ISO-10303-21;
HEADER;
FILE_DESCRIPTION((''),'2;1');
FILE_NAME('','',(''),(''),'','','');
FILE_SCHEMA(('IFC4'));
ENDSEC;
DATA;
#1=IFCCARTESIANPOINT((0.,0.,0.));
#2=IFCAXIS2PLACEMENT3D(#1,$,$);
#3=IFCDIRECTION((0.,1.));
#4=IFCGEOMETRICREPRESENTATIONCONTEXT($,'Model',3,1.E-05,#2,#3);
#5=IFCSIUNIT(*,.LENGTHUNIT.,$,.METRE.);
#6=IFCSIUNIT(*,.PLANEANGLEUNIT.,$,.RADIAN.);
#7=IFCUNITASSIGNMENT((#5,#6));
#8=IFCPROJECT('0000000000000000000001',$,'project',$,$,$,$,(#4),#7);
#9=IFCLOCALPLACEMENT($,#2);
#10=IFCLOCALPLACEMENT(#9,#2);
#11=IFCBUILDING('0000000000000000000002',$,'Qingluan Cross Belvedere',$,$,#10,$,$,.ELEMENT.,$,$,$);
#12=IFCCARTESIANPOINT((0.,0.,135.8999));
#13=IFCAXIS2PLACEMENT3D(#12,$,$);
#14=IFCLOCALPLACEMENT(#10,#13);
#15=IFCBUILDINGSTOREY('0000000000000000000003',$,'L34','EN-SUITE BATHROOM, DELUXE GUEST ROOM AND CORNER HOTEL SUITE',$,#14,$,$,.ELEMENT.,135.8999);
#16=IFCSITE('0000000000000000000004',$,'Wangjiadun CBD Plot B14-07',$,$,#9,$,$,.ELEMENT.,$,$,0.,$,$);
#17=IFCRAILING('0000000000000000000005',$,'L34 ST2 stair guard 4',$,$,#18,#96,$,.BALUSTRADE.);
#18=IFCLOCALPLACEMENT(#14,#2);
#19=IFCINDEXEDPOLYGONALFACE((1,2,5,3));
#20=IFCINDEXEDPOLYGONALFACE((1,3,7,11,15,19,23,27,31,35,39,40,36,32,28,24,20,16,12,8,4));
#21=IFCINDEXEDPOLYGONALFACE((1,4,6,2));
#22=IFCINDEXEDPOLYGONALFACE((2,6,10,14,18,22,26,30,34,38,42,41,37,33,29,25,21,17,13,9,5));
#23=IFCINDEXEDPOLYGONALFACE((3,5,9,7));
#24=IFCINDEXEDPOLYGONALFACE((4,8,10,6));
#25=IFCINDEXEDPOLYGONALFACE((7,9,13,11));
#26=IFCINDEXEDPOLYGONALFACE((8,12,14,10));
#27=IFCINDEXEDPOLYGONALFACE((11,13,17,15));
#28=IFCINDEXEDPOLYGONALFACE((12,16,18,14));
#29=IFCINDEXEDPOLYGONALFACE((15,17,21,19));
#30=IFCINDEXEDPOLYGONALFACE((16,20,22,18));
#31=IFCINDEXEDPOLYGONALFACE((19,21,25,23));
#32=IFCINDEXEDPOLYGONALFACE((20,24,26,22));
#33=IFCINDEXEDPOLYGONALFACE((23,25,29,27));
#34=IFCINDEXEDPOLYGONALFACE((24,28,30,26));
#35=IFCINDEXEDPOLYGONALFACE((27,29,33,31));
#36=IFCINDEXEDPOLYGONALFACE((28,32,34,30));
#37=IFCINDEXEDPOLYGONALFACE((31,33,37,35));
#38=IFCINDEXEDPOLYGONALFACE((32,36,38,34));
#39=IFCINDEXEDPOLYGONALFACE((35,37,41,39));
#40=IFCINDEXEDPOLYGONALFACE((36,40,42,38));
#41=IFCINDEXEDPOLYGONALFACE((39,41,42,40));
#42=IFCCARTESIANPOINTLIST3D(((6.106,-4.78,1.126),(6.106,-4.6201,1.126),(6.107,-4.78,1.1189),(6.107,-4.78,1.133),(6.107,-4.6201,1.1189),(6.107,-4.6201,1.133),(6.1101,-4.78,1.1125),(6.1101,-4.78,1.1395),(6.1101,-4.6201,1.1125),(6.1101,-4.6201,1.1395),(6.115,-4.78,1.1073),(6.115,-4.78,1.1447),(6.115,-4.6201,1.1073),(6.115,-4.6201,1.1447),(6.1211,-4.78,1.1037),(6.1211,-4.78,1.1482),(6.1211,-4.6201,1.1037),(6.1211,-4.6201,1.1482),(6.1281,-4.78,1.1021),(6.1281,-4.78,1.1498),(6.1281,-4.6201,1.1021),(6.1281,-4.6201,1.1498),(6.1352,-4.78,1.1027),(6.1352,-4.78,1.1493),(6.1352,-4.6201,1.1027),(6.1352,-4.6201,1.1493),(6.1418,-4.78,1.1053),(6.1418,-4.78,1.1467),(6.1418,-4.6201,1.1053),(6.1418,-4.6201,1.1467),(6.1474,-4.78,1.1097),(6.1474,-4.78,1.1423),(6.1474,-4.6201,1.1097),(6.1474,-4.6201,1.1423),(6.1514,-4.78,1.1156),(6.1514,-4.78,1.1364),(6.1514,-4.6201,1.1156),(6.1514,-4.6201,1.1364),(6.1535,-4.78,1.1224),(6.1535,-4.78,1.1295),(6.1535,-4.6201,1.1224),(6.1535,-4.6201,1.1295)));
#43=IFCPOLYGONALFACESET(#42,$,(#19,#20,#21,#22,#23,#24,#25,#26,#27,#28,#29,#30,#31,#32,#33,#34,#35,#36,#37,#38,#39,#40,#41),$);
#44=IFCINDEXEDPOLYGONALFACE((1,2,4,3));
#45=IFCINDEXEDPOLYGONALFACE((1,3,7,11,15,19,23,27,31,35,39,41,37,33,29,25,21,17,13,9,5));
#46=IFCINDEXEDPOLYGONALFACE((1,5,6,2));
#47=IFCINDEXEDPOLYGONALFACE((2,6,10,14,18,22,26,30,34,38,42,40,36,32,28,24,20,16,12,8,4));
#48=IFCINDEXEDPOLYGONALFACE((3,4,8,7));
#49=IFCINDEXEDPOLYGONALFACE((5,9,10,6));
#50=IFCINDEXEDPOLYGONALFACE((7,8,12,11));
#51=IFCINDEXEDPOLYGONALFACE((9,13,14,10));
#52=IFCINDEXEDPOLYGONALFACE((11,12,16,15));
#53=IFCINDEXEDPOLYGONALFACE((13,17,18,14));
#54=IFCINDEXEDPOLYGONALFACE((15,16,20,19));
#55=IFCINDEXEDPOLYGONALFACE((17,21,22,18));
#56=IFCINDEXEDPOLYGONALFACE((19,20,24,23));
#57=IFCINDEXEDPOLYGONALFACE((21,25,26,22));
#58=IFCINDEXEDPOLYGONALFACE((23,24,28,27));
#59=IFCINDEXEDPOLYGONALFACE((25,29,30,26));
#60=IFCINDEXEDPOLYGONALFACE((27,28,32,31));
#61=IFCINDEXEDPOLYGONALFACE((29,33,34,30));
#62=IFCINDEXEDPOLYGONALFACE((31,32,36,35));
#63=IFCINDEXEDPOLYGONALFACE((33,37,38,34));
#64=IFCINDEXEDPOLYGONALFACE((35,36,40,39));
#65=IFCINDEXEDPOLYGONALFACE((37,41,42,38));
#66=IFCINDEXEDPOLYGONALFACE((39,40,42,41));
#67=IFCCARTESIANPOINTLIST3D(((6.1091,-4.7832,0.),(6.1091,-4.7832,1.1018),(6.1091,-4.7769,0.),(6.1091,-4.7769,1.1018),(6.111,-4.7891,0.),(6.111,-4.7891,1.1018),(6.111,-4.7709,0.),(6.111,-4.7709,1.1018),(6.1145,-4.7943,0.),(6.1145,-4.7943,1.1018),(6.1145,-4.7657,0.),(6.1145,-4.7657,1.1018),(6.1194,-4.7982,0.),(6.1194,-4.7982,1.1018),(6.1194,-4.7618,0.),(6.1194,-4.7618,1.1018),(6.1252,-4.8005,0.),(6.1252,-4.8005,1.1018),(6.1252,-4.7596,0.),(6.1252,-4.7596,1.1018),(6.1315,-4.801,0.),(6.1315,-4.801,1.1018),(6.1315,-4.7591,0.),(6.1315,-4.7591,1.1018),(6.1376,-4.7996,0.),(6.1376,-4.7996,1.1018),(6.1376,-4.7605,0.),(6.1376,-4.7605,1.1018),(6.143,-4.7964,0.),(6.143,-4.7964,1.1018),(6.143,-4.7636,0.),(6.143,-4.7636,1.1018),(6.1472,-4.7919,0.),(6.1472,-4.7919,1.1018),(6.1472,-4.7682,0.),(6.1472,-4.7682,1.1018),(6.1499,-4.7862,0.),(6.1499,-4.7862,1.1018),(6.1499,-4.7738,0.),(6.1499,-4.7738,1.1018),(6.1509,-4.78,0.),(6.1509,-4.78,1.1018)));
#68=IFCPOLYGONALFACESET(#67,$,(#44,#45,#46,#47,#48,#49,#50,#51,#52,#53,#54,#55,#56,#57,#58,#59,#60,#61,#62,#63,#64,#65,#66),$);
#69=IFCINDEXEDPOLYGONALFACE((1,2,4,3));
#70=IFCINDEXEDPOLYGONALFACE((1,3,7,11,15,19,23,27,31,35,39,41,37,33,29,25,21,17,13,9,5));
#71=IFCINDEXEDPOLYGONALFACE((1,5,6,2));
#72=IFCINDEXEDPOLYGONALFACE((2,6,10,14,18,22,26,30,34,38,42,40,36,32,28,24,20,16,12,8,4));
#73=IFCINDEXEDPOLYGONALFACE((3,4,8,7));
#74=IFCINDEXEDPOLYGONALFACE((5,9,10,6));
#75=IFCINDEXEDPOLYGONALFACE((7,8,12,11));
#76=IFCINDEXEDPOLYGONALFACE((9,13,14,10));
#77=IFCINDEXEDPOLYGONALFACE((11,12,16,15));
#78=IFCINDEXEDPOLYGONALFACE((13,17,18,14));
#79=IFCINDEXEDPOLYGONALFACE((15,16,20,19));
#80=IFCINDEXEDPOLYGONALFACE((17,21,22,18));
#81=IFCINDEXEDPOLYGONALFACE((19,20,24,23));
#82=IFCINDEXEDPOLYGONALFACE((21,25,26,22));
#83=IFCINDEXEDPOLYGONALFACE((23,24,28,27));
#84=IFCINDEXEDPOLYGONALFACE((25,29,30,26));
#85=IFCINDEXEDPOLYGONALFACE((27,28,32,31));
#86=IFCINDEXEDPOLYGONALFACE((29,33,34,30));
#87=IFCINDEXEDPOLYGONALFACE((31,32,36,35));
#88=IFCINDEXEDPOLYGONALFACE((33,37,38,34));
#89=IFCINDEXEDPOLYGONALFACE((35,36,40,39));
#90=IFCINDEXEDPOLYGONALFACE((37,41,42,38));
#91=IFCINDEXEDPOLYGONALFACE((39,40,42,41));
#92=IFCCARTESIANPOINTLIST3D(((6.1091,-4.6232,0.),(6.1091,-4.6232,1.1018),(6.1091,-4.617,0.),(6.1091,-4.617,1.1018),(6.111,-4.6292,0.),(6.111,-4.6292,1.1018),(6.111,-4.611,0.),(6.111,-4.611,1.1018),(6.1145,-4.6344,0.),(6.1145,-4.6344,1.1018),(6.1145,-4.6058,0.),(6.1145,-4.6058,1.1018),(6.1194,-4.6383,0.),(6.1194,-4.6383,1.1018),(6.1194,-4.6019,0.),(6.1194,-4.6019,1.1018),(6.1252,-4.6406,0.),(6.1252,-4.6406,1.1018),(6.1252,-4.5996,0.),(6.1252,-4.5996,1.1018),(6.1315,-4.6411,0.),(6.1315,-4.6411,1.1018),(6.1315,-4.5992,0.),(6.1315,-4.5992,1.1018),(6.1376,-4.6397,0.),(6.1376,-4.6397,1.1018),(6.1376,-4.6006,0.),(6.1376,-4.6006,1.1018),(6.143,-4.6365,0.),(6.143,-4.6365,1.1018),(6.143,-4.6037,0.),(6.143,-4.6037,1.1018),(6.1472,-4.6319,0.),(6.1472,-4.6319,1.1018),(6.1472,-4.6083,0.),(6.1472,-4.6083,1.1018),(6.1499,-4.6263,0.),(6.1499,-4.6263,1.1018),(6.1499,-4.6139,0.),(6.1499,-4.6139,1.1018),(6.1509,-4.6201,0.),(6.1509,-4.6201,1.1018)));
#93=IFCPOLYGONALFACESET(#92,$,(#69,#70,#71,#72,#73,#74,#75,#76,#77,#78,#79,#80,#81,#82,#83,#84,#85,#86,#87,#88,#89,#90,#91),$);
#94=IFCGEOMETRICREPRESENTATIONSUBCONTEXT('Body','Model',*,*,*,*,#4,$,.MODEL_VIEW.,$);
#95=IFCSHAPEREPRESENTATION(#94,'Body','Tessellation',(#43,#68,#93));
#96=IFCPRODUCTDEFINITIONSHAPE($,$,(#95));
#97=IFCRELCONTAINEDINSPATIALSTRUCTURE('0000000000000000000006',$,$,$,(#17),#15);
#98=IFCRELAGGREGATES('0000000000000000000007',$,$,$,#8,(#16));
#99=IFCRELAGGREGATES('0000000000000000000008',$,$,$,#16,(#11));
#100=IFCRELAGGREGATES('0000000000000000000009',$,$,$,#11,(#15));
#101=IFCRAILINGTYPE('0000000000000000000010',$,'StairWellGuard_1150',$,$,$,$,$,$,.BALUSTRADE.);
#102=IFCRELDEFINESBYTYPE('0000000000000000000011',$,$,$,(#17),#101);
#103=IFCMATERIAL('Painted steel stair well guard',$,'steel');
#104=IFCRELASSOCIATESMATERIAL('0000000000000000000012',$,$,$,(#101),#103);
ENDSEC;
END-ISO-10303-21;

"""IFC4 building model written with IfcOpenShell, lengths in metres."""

from ifc_helpers import new_model, si_unit, direction, frame, origin, origin_2d, place, context, subcontext, project, spatial, circle, extrude, material, type_object, element, save


model = new_model("IFC4")

# Units and contexts
model_context = context("Model", 3, precision=1e-05, world=origin(), true_north=direction((0.0, 1.0)))
body_context = subcontext(model_context, "Body", "Model", "MODEL_VIEW")
ifc_project = project(units=[si_unit("LENGTHUNIT", "METRE"), si_unit("PLANEANGLEUNIT", "RADIAN")], contexts=[model_context])

# Site, building, storey
site_placement = place(None, origin())
site = spatial("IfcSite", under=ifc_project, at=site_placement, Name="Wangjiadun CBD Plot B14-07", CompositionType="ELEMENT", RefElevation=0.0)
building_placement = place(site_placement, origin())
building = spatial("IfcBuilding", under=site, at=building_placement, Name="Qingluan Cross Belvedere", CompositionType="ELEMENT")
storey_placement = place(building_placement, frame((0.0, 0.0, 135.8999)))
storey = spatial("IfcBuildingStorey", under=building, at=storey_placement, Name="L34", Description="EN-SUITE BATHROOM, DELUXE GUEST ROOM AND CORNER HOTEL SUITE", CompositionType="ELEMENT", Elevation=135.8999)

# Railing
ifc_material_1 = material(Name="Painted steel stair well guard", Category="steel")
railing_type_1 = type_object("IfcRailingType", Name="StairWellGuard_1150", PredefinedType="BALUSTRADE", material=ifc_material_1)
railing_1_placement = place(storey_placement, frame((6.1299, -4.78, 0.0)))
element("IfcRailing", 1, at=railing_1_placement, inside=storey, type_object=railing_type_1, Name="L34 ST2 stair guard 4", PredefinedType="BALUSTRADE", context=body_context, shape_type="SweptSolid", body=[
    extrude(circle(Radius=0.0239, at=origin_2d()), frame((0.0, 0.0, 1.126), z_axis=(0.0, 1.0, 0.0), x_axis=(-1.0, 0.0, 0.0)), (0.0, 0.0, 1.0), 0.1599),
    extrude(circle(Radius=0.021, at=origin_2d()), origin(), (0.0, 0.0, 1.0), 1.1018),
    extrude(circle(Radius=0.021, at=origin_2d()), frame((0.0, 0.1599, 0.0)), (0.0, 0.0, 1.0), 1.1018),
])

save(model, "model.ifc")
